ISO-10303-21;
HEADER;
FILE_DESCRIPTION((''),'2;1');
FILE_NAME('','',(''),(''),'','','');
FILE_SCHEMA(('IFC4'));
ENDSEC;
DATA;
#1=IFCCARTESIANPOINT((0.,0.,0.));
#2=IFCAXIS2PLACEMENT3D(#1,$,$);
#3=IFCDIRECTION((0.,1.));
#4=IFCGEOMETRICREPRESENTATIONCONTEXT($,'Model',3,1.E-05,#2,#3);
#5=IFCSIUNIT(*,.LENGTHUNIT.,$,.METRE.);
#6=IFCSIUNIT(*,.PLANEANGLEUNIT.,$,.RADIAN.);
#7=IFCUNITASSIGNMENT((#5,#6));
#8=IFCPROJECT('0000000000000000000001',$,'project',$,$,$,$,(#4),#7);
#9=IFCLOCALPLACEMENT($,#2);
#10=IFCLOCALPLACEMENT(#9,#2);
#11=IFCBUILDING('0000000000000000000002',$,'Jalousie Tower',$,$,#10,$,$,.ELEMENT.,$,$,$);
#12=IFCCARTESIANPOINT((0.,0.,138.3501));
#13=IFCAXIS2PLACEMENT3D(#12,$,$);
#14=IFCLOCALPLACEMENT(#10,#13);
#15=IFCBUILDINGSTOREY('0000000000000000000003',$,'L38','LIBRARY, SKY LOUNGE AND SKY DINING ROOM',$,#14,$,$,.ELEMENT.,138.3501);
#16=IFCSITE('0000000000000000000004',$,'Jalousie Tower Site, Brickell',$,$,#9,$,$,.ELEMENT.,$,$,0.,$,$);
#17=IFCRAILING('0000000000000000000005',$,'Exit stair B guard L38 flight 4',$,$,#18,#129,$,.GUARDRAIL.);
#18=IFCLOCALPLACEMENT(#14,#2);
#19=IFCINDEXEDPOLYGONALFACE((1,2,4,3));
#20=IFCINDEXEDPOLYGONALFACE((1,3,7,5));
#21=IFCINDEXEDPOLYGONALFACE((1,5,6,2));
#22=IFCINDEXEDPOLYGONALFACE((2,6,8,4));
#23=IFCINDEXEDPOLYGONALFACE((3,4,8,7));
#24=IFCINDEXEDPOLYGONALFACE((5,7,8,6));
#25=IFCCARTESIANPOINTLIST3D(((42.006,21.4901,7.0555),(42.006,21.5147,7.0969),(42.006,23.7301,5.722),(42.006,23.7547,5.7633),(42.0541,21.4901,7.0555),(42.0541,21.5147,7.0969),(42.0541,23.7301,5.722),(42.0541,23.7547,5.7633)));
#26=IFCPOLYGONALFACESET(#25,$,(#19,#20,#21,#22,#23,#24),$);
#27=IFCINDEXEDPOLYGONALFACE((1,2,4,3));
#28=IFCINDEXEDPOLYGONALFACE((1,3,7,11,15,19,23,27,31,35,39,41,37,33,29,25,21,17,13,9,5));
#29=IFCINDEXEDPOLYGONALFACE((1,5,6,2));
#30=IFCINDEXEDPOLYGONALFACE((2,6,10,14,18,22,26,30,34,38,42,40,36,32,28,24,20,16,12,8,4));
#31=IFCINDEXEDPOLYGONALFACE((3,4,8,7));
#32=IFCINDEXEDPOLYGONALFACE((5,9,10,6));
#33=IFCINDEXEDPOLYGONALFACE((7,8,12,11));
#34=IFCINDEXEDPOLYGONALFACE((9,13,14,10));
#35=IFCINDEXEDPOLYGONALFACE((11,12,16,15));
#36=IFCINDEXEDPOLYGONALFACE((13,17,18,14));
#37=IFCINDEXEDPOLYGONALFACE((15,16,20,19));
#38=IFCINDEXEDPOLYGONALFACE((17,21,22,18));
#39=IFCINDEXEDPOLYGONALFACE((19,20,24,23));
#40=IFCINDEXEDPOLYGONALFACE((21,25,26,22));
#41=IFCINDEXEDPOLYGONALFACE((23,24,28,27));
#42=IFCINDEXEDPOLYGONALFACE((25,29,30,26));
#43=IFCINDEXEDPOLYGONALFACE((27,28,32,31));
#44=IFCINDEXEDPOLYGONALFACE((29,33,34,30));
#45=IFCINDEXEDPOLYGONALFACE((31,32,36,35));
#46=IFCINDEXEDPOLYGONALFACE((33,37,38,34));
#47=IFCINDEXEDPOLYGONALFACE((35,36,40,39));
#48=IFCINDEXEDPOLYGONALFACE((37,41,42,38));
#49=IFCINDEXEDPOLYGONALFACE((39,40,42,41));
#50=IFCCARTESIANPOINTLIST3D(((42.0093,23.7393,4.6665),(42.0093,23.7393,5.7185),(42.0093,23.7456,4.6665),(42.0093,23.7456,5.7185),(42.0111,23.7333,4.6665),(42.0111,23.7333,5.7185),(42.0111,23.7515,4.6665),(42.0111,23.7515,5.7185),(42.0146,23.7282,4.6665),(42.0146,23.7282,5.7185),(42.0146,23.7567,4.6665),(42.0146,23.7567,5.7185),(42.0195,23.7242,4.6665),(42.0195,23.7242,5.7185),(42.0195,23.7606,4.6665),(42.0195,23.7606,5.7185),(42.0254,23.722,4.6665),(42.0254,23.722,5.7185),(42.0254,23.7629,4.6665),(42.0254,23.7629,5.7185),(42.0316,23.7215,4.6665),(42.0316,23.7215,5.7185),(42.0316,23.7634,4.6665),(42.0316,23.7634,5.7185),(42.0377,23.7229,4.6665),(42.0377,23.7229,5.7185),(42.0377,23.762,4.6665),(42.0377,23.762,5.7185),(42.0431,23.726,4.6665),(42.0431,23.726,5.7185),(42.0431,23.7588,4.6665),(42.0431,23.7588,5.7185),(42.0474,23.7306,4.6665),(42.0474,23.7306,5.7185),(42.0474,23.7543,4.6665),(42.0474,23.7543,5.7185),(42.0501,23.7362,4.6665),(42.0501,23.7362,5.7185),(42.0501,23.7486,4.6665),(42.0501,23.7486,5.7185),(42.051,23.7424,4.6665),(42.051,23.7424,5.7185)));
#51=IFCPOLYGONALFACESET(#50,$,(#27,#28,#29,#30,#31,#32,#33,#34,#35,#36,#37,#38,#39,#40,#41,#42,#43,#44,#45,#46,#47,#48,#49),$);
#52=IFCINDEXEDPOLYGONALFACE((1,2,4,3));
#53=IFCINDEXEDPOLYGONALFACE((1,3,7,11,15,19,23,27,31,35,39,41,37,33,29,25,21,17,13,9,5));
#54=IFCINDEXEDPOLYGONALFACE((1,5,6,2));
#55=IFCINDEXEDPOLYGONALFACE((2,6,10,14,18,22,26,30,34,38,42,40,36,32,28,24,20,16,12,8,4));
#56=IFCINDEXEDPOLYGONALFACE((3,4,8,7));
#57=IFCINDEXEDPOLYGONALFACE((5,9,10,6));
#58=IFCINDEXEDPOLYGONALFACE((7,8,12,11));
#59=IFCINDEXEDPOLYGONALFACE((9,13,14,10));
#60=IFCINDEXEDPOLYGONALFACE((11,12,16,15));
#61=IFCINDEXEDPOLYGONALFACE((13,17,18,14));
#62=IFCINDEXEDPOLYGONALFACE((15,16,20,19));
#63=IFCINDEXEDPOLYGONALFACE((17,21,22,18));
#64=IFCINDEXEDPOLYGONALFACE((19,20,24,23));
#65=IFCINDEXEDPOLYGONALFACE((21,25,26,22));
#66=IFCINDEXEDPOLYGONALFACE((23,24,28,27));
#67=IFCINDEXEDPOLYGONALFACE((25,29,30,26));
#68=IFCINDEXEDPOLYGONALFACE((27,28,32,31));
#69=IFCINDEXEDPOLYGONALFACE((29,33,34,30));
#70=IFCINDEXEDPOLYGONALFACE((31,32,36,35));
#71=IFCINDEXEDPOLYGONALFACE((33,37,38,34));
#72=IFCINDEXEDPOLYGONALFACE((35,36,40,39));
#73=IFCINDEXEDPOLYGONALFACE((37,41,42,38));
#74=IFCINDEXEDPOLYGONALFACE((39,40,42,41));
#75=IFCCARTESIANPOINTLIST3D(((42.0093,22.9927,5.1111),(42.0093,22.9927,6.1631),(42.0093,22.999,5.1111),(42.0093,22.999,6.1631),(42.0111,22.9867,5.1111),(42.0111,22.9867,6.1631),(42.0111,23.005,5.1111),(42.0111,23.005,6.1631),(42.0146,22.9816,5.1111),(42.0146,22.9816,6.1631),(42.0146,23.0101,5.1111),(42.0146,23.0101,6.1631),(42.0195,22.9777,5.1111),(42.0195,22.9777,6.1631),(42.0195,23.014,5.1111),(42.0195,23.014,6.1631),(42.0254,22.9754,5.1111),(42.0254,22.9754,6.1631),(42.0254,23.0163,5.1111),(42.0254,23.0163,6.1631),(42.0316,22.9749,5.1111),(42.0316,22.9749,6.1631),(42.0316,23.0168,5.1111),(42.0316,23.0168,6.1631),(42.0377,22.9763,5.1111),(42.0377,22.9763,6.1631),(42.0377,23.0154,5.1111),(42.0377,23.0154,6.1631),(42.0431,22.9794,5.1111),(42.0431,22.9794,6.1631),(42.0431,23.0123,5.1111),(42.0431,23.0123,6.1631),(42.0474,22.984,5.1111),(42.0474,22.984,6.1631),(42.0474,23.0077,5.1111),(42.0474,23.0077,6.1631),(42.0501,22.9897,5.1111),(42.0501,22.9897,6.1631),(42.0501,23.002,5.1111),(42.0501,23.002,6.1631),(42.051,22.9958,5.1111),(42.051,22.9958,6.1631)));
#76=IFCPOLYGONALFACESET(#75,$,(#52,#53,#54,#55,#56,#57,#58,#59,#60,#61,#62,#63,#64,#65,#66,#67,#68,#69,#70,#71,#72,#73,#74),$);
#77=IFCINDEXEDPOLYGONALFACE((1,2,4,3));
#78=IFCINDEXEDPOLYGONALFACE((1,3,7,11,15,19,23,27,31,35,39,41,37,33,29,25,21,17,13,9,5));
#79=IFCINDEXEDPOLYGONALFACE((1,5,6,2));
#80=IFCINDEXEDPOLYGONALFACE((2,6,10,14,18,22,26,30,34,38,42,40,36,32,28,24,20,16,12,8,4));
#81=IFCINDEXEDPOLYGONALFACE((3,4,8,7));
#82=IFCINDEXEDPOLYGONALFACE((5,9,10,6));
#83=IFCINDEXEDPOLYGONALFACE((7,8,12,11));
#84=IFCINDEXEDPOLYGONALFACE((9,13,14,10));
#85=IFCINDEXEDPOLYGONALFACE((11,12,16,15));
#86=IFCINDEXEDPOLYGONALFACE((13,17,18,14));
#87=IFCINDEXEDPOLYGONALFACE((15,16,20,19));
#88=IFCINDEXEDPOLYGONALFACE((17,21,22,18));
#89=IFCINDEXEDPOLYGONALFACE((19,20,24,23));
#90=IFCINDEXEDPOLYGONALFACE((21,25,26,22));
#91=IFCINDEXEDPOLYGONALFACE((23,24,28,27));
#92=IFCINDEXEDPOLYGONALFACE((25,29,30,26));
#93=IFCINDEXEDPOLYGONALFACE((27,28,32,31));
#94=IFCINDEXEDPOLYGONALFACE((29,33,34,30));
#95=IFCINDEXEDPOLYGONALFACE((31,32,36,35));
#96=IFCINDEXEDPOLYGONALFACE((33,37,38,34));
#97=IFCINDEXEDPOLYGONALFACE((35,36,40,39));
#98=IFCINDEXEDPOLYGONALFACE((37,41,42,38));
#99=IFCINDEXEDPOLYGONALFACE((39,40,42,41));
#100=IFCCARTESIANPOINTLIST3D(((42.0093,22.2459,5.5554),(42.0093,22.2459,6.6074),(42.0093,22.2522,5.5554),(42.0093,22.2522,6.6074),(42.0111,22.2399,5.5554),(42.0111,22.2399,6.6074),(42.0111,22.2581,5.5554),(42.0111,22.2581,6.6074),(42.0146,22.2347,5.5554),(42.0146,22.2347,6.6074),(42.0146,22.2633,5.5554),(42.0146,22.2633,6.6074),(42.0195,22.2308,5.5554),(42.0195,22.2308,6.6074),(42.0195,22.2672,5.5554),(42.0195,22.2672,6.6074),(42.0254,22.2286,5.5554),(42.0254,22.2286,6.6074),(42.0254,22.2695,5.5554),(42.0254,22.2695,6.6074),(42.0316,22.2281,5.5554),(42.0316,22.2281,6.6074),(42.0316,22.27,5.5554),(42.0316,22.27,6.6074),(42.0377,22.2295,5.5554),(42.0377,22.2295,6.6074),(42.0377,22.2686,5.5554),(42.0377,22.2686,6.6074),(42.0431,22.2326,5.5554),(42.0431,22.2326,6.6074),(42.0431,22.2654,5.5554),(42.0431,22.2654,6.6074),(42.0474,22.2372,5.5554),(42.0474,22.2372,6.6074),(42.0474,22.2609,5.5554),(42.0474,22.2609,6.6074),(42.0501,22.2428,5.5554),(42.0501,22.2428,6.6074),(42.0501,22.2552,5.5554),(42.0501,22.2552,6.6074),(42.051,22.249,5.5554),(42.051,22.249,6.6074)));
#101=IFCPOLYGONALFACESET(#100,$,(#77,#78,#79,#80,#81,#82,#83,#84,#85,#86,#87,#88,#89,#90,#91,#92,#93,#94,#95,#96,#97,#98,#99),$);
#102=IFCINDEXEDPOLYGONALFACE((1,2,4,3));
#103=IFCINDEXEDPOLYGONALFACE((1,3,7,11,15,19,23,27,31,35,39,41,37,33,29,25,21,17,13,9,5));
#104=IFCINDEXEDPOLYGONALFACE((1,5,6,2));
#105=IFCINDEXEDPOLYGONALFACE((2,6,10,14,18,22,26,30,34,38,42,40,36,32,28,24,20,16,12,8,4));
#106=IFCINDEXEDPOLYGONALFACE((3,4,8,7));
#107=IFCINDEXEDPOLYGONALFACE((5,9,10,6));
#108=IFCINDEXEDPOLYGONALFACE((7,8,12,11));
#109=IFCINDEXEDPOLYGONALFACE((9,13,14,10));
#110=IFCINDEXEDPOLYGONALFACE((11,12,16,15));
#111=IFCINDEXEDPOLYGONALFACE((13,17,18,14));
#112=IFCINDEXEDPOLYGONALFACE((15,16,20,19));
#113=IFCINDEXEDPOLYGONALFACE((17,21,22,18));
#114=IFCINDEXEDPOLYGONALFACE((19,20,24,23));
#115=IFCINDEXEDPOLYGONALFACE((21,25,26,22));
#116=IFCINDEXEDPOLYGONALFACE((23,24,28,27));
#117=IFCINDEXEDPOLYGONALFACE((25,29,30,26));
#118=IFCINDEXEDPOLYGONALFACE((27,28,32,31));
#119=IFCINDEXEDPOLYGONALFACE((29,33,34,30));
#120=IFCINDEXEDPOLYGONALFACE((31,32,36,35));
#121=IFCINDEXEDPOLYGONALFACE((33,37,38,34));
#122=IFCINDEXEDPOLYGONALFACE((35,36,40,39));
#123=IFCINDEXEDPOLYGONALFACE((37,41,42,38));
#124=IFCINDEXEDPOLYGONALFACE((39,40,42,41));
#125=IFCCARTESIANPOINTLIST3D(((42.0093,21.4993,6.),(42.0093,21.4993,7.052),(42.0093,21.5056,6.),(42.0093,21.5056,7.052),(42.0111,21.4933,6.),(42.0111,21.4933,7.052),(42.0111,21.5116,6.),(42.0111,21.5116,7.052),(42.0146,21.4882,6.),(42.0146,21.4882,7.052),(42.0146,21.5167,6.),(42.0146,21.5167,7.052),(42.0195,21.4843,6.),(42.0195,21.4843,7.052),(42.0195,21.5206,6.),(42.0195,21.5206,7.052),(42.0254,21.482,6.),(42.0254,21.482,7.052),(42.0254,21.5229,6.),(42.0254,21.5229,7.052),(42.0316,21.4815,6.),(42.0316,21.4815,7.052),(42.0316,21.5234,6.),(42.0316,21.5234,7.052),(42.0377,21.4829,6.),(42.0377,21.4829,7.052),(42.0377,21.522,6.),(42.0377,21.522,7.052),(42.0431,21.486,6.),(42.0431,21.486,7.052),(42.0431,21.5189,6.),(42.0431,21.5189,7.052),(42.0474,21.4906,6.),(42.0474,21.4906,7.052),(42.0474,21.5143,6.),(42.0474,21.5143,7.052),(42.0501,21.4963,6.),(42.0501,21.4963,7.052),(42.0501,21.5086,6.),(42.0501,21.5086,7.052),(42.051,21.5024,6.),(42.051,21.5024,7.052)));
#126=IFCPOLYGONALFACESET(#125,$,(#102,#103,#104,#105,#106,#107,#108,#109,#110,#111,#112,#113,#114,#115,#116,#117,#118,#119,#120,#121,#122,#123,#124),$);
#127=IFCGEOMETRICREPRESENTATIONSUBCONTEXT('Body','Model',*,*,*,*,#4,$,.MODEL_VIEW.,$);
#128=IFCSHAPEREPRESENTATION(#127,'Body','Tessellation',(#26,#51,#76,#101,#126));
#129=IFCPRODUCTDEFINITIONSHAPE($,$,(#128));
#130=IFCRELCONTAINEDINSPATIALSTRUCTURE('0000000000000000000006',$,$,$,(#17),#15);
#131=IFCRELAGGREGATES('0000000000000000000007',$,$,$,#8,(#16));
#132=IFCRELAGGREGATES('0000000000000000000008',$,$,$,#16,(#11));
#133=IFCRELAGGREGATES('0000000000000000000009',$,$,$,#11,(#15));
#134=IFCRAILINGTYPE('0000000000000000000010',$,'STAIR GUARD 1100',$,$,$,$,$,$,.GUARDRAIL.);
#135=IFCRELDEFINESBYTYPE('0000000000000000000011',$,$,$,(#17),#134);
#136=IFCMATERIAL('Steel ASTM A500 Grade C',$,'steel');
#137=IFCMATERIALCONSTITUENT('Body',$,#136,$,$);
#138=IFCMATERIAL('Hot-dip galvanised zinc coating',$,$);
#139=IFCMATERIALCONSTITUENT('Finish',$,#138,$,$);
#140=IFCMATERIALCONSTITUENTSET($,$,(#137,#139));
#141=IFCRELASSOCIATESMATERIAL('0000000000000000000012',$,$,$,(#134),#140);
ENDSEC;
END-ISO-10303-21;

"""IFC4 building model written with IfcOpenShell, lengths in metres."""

from ifc_helpers import new_model, si_unit, direction, frame, origin, origin_2d, place, context, subcontext, project, spatial, rectangle, circle, extrude, material, constituent, constituent_set, type_object, element, save


model = new_model("IFC4")

# Units and contexts
model_context = context("Model", 3, precision=1e-05, world=origin(), true_north=direction((0.0, 1.0)))
body_context = subcontext(model_context, "Body", "Model", "MODEL_VIEW")
ifc_project = project(units=[si_unit("LENGTHUNIT", "METRE"), si_unit("PLANEANGLEUNIT", "RADIAN")], contexts=[model_context])

# Site, building, storey
site_placement = place(None, origin())
site = spatial("IfcSite", under=ifc_project, at=site_placement, Name="Jalousie Tower Site, Brickell", CompositionType="ELEMENT", RefElevation=0.0)
building_placement = place(site_placement, origin())
building = spatial("IfcBuilding", under=site, at=building_placement, Name="Jalousie Tower", CompositionType="ELEMENT")
storey_placement = place(building_placement, frame((0.0, 0.0, 138.3501)))
storey = spatial("IfcBuildingStorey", under=building, at=storey_placement, Name="L38", Description="LIBRARY, SKY LOUNGE AND SKY DINING ROOM", CompositionType="ELEMENT", Elevation=138.3501)

# Railing
ifc_material_1 = material(Name="Steel ASTM A500 Grade C", Category="steel")
ifc_constituent_1 = constituent(ifc_material_1, Name="Body")
ifc_material_2 = material(Name="Hot-dip galvanised zinc coating")
ifc_constituent_2 = constituent(ifc_material_2, Name="Finish")
ifc_constituent_set_1 = constituent_set(constituents=[ifc_constituent_1, ifc_constituent_2])
railing_type_1 = type_object("IfcRailingType", Name="STAIR GUARD 1100", PredefinedType="GUARDRAIL", material=ifc_constituent_set_1)
railing_1_placement = place(storey_placement, frame((42.03, 23.7424, 4.6665)))
element("IfcRailing", 1, at=railing_1_placement, inside=storey, type_object=railing_type_1, Name="Exit stair B guard L38 flight 4", PredefinedType="GUARDRAIL", context=body_context, shape_type="SweptSolid", body=[
    extrude(rectangle(XDim=0.0481, YDim=0.0481, at=origin_2d()), frame((0.0, 0.0, 1.0762), z_axis=(0.0, -0.859264, 0.511532), x_axis=(1.0, 0.0, 0.0)), (0.0, 0.0, 1.0), 2.6069),
    extrude(circle(Radius=0.021, at=origin_2d()), origin(), (0.0, 0.0, 1.0), 1.052),
    extrude(circle(Radius=0.021, at=origin_2d()), frame((0.0, -0.7466, 0.4446)), (0.0, 0.0, 1.0), 1.052),
    extrude(circle(Radius=0.021, at=origin_2d()), frame((0.0, -1.4934, 0.8889)), (0.0, 0.0, 1.0), 1.052),
    extrude(circle(Radius=0.021, at=origin_2d()), frame((0.0, -2.24, 1.3335)), (0.0, 0.0, 1.0), 1.052),
])

save(model, "model.ifc")
